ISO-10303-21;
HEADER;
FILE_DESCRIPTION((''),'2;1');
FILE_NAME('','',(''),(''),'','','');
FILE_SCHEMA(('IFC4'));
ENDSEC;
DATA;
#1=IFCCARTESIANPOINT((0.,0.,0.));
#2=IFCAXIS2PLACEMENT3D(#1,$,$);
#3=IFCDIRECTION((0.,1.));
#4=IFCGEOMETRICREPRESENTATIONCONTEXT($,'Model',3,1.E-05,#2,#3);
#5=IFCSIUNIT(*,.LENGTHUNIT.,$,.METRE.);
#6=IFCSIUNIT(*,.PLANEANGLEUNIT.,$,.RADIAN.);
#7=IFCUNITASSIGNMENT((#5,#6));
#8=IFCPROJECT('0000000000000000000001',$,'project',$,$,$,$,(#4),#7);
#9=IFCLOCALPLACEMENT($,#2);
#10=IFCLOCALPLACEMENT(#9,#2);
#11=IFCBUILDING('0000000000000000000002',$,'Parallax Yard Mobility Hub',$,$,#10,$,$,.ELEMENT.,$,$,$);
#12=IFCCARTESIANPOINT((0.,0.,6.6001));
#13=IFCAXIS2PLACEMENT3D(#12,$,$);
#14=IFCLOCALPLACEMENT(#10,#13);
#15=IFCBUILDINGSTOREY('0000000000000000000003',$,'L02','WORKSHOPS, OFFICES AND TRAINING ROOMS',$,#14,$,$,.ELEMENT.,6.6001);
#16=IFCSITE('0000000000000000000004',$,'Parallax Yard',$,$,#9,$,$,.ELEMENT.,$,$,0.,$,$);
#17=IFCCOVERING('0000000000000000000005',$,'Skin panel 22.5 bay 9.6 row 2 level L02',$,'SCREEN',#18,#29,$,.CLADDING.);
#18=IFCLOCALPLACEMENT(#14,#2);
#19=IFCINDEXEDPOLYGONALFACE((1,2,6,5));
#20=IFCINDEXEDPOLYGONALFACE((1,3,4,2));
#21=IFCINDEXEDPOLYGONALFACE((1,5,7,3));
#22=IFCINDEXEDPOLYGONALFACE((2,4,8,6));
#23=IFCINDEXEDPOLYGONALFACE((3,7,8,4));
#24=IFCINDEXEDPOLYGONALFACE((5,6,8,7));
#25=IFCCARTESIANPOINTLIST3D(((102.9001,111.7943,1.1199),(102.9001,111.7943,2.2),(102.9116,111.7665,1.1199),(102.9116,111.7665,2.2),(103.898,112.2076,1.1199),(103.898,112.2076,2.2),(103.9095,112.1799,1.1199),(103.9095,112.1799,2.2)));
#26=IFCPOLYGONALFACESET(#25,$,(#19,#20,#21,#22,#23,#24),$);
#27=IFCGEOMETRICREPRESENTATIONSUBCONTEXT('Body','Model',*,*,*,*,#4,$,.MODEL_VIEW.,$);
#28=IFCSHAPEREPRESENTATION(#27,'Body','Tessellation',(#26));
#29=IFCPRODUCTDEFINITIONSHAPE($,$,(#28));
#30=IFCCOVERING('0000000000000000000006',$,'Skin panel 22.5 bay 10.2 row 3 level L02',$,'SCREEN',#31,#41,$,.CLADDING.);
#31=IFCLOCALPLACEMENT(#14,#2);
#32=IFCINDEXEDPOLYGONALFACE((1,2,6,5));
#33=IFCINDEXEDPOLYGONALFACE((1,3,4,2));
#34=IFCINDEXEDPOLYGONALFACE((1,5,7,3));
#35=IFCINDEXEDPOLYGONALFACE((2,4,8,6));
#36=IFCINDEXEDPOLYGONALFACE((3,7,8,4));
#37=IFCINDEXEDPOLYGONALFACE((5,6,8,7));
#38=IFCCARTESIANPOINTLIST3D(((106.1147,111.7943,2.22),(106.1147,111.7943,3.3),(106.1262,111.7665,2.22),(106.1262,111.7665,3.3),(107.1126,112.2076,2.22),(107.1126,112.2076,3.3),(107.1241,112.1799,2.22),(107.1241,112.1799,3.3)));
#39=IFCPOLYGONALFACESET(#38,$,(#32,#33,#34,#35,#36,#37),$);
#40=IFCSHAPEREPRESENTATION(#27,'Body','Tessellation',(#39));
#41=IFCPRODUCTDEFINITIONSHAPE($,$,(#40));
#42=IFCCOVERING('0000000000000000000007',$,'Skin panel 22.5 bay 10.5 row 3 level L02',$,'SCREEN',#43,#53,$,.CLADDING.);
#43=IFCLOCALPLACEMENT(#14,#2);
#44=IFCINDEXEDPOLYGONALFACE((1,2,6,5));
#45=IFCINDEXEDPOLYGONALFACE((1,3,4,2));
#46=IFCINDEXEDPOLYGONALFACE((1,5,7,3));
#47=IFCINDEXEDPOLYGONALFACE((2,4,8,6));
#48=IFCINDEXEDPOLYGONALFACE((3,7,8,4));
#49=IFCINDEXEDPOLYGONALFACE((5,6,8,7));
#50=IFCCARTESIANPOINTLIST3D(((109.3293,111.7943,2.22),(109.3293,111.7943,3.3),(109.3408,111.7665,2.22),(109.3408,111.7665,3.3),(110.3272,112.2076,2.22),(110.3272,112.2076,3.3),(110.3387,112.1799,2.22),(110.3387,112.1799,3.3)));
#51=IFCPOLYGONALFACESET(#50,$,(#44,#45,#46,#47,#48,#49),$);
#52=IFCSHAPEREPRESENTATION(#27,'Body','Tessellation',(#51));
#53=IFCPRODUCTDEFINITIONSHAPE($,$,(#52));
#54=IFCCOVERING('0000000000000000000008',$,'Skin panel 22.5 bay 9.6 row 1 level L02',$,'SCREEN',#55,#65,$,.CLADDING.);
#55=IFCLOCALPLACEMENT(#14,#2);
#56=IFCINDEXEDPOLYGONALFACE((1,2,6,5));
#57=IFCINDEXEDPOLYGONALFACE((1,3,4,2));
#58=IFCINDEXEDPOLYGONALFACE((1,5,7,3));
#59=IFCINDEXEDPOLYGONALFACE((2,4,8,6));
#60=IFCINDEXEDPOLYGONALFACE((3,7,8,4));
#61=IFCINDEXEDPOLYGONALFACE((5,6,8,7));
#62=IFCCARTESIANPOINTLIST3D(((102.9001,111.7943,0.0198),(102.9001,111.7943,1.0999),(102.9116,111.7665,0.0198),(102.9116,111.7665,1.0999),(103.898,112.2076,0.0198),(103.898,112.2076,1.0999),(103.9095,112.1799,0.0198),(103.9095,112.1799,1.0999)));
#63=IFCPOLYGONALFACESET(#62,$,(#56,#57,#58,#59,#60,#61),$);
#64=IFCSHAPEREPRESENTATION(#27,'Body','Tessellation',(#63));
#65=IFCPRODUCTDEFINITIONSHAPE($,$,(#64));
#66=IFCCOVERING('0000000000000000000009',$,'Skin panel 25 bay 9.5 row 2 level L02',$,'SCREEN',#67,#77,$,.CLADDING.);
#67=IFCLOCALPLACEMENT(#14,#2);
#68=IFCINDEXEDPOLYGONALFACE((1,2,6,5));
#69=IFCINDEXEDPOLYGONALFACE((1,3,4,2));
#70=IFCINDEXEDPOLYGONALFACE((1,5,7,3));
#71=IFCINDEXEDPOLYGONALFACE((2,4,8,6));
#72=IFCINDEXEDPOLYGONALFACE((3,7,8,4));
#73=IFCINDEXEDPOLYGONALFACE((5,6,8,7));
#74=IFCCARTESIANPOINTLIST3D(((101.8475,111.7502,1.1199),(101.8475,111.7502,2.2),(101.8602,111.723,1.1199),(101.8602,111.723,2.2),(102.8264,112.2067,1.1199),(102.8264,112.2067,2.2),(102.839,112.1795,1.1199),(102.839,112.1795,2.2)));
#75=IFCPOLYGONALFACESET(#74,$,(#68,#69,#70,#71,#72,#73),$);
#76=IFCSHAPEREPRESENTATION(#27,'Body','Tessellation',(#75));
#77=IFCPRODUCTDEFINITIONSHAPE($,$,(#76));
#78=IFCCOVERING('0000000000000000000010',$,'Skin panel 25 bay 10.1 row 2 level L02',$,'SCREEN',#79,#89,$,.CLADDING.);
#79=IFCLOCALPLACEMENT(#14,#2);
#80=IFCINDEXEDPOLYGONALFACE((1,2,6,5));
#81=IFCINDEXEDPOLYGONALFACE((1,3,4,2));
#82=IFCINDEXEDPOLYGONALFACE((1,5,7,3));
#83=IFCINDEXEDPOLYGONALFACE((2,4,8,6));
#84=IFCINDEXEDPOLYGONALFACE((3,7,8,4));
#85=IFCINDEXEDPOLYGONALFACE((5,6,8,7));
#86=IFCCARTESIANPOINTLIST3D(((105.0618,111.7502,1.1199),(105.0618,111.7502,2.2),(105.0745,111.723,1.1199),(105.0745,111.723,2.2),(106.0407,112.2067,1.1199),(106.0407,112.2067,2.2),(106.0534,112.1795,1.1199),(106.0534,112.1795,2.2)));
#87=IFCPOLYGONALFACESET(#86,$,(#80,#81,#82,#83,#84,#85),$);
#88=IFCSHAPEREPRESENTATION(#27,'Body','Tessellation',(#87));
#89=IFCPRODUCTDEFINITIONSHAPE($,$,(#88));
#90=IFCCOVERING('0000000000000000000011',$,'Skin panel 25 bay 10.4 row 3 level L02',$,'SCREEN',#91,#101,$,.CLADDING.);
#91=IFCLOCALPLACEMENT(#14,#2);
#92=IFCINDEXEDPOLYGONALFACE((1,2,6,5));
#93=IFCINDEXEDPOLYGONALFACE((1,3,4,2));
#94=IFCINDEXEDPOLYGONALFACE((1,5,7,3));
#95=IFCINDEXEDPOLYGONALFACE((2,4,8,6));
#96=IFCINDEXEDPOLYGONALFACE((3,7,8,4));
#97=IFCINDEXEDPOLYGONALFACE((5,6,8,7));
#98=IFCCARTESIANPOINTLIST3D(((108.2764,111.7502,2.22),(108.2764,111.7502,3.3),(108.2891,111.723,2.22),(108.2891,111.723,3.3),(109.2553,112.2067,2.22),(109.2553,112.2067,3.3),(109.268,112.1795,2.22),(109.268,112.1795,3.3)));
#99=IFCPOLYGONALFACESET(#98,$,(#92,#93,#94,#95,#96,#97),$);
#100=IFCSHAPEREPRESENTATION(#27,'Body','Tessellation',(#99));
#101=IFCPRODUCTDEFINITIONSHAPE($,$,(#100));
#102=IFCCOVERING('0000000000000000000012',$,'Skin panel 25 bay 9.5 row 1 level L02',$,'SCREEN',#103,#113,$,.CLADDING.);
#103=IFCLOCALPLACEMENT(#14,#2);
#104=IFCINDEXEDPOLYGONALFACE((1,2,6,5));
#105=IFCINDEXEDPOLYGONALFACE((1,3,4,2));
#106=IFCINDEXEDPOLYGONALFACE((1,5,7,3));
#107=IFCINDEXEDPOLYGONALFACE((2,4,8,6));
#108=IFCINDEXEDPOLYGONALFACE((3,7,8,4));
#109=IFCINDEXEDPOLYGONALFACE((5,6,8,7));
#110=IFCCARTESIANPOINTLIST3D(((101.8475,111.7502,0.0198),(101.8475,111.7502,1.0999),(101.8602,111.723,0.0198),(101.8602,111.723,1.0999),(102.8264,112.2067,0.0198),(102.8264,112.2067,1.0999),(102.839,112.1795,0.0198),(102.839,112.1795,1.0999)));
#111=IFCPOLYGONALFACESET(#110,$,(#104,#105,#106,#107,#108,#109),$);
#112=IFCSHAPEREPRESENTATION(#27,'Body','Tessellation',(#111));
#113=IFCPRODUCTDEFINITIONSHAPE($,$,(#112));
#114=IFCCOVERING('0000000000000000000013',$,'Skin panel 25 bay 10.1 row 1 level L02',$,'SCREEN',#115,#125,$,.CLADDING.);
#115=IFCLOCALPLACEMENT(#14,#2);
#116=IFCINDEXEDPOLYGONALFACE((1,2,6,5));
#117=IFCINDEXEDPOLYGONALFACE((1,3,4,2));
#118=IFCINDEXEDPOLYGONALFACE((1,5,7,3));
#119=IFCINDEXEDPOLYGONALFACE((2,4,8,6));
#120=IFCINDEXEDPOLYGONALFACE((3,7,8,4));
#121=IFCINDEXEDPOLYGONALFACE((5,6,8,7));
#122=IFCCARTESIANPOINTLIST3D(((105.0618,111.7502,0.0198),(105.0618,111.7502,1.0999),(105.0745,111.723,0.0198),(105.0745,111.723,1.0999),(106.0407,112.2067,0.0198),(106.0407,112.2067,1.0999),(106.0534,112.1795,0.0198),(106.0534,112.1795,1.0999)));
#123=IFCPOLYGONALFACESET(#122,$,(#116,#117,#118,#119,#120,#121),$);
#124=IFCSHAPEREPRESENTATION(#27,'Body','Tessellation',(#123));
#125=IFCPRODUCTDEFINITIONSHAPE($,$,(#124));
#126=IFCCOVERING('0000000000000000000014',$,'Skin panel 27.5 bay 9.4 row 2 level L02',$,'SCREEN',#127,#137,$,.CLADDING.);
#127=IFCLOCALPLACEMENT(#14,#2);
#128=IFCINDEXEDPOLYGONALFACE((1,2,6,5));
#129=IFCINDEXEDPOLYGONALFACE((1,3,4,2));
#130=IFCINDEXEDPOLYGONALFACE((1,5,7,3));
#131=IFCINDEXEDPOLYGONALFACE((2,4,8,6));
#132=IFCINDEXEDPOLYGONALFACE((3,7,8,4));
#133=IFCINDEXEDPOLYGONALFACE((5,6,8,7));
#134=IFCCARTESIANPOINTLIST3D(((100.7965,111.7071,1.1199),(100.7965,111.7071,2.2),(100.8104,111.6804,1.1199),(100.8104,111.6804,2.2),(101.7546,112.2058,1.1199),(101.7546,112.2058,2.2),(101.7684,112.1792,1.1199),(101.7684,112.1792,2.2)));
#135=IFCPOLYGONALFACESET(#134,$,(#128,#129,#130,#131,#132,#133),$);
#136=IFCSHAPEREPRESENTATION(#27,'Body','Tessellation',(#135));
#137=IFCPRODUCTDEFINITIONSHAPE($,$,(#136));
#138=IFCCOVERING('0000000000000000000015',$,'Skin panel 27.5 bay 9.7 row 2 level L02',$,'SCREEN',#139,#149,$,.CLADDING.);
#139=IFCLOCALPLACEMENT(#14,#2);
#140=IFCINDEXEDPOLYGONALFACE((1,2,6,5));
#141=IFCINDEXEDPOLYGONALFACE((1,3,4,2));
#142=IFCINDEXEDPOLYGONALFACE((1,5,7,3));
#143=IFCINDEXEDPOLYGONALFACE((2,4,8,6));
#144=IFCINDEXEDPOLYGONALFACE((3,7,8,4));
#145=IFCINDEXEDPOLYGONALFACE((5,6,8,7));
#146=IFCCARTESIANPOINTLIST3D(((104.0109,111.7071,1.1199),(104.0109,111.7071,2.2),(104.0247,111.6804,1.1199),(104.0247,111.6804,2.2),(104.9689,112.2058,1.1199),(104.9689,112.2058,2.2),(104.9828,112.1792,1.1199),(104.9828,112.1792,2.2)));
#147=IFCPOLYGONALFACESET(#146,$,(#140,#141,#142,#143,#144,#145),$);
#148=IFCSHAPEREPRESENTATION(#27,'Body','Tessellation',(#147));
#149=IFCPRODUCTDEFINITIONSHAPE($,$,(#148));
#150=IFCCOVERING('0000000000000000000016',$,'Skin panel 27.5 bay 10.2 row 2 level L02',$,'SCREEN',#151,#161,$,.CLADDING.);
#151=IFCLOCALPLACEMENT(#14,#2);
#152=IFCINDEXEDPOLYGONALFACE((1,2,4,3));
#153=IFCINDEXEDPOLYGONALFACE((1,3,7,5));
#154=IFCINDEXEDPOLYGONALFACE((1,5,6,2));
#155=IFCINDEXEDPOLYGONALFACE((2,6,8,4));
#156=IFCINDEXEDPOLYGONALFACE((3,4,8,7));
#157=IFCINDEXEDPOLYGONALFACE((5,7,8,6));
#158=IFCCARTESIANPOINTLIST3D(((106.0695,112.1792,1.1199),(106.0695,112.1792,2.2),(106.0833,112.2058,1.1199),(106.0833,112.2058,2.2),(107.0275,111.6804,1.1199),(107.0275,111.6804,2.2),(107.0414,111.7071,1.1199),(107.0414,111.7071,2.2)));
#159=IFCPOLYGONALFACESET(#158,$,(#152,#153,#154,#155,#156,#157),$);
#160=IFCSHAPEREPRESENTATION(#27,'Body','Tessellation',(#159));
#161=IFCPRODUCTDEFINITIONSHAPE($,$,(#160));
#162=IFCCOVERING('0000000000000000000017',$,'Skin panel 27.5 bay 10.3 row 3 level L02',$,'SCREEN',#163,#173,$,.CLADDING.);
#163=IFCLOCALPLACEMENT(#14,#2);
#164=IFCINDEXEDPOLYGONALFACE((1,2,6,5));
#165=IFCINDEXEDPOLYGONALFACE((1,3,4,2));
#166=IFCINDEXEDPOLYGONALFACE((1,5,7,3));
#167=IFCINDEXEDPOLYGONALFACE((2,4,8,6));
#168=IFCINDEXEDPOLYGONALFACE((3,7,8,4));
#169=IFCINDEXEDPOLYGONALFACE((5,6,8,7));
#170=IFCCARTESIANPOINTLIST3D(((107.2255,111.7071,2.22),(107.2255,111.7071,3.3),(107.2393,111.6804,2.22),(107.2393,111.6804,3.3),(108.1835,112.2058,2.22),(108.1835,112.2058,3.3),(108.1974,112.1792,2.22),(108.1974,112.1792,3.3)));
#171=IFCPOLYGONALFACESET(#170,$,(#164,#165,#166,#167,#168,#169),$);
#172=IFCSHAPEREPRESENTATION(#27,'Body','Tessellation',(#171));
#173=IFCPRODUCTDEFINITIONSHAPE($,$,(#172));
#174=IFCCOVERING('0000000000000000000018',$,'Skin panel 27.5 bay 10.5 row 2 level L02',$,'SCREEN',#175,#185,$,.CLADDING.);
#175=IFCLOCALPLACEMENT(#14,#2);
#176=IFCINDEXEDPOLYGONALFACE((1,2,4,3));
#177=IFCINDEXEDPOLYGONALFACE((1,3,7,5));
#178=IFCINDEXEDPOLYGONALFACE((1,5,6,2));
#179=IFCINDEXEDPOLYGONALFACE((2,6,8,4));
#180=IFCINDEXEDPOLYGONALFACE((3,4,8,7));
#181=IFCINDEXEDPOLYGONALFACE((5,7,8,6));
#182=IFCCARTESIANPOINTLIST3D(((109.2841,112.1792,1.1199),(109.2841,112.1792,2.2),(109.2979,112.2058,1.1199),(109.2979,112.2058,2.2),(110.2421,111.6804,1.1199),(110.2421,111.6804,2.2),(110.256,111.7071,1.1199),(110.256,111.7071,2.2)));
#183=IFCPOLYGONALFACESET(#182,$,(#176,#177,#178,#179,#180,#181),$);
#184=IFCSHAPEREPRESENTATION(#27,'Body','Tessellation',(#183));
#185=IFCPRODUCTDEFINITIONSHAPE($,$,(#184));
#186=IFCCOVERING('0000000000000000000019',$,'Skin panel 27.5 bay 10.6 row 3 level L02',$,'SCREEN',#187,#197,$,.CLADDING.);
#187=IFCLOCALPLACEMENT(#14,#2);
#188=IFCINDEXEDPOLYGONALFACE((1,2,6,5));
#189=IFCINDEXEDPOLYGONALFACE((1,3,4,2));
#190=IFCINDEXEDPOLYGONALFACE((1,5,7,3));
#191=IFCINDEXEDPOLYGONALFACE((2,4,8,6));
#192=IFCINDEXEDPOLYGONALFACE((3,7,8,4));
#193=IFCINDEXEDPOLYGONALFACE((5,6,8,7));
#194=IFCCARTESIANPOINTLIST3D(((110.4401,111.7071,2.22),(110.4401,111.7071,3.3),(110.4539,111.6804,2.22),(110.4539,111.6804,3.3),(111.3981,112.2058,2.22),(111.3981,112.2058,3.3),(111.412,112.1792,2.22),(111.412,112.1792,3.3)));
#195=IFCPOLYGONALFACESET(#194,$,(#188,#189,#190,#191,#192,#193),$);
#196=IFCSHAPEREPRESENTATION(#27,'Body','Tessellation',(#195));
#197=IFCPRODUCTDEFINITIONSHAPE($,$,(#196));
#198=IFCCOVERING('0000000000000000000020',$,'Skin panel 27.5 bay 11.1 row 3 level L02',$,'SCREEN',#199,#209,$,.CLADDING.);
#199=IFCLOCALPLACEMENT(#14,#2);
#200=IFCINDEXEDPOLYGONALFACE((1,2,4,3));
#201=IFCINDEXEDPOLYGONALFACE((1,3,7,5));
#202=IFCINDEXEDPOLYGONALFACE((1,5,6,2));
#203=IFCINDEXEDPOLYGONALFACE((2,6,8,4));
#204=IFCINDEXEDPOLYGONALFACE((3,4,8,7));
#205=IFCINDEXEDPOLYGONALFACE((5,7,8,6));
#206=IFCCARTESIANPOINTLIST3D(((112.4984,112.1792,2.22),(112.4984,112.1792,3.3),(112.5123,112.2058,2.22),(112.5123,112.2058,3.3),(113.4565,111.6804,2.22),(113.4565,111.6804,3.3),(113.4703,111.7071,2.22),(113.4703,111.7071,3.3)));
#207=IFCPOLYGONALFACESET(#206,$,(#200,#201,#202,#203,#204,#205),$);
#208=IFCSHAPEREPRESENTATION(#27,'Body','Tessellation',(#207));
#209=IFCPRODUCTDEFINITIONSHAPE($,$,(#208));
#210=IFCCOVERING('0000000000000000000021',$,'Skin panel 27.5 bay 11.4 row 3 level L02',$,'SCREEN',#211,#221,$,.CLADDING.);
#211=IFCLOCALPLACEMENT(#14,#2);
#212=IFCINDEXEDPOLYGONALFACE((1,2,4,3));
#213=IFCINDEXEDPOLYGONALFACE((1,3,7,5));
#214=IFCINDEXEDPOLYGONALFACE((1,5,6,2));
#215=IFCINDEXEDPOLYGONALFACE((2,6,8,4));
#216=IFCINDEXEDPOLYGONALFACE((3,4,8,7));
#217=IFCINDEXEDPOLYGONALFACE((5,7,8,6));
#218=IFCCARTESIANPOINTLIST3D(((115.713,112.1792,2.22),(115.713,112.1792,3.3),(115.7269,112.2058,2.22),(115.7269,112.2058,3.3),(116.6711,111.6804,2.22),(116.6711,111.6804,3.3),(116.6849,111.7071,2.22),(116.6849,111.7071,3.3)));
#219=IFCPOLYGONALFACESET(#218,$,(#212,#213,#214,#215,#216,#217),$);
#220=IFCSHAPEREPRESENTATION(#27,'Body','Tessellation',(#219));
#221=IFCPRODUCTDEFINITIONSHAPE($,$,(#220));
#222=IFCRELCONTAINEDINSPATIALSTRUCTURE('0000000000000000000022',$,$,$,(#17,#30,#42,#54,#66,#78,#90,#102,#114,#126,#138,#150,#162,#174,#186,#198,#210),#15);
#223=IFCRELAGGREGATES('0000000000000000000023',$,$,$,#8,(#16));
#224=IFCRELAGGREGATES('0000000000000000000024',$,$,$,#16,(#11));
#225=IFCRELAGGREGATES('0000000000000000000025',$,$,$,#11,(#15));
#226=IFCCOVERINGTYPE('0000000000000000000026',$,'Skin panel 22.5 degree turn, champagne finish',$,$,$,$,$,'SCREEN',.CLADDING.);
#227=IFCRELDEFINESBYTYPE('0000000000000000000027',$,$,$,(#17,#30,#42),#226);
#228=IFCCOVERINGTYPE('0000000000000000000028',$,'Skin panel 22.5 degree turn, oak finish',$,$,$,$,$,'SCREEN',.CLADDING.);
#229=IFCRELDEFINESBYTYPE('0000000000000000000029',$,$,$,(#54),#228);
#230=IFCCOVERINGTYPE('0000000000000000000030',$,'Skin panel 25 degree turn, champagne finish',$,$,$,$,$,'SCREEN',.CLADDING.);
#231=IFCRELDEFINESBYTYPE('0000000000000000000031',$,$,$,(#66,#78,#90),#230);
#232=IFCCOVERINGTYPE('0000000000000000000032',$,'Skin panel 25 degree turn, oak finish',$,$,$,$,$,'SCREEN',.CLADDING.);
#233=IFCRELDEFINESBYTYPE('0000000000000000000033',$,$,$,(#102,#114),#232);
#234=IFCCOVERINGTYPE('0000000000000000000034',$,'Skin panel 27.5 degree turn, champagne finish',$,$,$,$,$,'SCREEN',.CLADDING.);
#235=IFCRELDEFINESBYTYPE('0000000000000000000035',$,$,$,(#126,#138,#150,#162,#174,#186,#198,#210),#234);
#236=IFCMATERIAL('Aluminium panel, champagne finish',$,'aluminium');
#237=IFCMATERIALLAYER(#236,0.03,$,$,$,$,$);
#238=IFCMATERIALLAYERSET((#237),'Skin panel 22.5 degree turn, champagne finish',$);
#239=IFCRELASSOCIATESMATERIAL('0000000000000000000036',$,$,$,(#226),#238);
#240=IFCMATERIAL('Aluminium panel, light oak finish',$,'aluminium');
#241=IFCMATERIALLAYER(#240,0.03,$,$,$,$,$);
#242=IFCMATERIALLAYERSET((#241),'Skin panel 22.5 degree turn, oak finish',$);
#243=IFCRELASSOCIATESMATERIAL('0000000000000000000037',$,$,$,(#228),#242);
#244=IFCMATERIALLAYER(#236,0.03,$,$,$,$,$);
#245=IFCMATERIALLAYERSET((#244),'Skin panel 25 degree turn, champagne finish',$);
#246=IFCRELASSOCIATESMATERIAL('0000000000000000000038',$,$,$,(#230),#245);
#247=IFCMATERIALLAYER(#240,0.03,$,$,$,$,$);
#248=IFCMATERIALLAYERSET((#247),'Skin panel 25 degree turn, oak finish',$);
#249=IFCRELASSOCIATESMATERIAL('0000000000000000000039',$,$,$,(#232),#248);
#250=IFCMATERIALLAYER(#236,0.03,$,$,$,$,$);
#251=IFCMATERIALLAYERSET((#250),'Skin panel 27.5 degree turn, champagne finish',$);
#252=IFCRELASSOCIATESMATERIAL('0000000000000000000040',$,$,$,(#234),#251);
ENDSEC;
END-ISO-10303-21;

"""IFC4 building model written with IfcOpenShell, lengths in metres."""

from ifc_helpers import new_model, si_unit, direction, frame, origin, origin_2d, place, context, subcontext, project, spatial, rectangle, extrude, material, layer, layer_set, type_object, element, save


model = new_model("IFC4")

# Units and contexts
model_context = context("Model", 3, precision=1e-05, world=origin(), true_north=direction((0.0, 1.0)))
body_context = subcontext(model_context, "Body", "Model", "MODEL_VIEW")
ifc_project = project(units=[si_unit("LENGTHUNIT", "METRE"), si_unit("PLANEANGLEUNIT", "RADIAN")], contexts=[model_context])

# Site, building, storey
site_placement = place(None, origin())
site = spatial("IfcSite", under=ifc_project, at=site_placement, Name="Parallax Yard", CompositionType="ELEMENT", RefElevation=0.0)
building_placement = place(site_placement, origin())
building = spatial("IfcBuilding", under=site, at=building_placement, Name="Parallax Yard Mobility Hub", CompositionType="ELEMENT")
storey_placement = place(building_placement, frame((0.0, 0.0, 6.6001)))
storey = spatial("IfcBuildingStorey", under=building, at=storey_placement, Name="L02", Description="WORKSHOPS, OFFICES AND TRAINING ROOMS", CompositionType="ELEMENT", Elevation=6.6001)

# Coverings
ifc_material_1 = material(Name="Aluminium panel, champagne finish", Category="aluminium")
ifc_layer_1 = layer(ifc_material_1, 0.03)
ifc_layer_set_1 = layer_set([ifc_layer_1], Name="Skin panel 22.5 degree turn, champagne finish")
covering_type_1 = type_object("IfcCoveringType", Name="Skin panel 22.5 degree turn, champagne finish", ElementType="SCREEN", PredefinedType="CLADDING", material=ifc_layer_set_1)
for number, where, z_axis, x_axis, name in (
    (1, (103.4048, 111.9871, 1.1199), (0.0, 0.0, 1.0), (-0.92388, -0.382683, 0.0), "Skin panel 22.5 bay 9.6 row 2 level L02"),
    (2, (106.6194, 111.9871, 2.22), (0.0, 0.0, 1.0), (-0.92388, -0.382683, 0.0), "Skin panel 22.5 bay 10.2 row 3 level L02"),
    (3, (109.834, 111.9871, 2.22), (0.0, 0.0, 1.0), (-0.92388, -0.382683, 0.0), "Skin panel 22.5 bay 10.5 row 3 level L02"),
):
    element("IfcCovering", number, at=place(storey_placement, frame(where, z_axis=z_axis, x_axis=x_axis)), inside=storey, type_object=covering_type_1, Name=name, ObjectType="SCREEN", PredefinedType="CLADDING", context=body_context, shape_type="SweptSolid", body=[
        extrude(rectangle(XDim=1.0801, YDim=0.03, at=origin_2d()), origin(), (0.0, 0.0, 1.0), 1.0801),
    ])
ifc_material_2 = material(Name="Aluminium panel, light oak finish", Category="aluminium")
ifc_layer_2 = layer(ifc_material_2, 0.03)
ifc_layer_set_2 = layer_set([ifc_layer_2], Name="Skin panel 22.5 degree turn, oak finish")
covering_type_2 = type_object("IfcCoveringType", Name="Skin panel 22.5 degree turn, oak finish", ElementType="SCREEN", PredefinedType="CLADDING", material=ifc_layer_set_2)
covering_placement = place(storey_placement, frame((103.4048, 111.9871, 0.0198), z_axis=(0.0, 0.0, 1.0), x_axis=(-0.92388, -0.382683, 0.0)))
element("IfcCovering", 4, at=covering_placement, inside=storey, type_object=covering_type_2, Name="Skin panel 22.5 bay 9.6 row 1 level L02", ObjectType="SCREEN", PredefinedType="CLADDING", context=body_context, shape_type="SweptSolid", body=[
    extrude(rectangle(XDim=1.0801, YDim=0.03, at=origin_2d()), origin(), (0.0, 0.0, 1.0), 1.0801),
])
ifc_layer_3 = layer(ifc_material_1, 0.03)
ifc_layer_set_3 = layer_set([ifc_layer_3], Name="Skin panel 25 degree turn, champagne finish")
covering_type_3 = type_object("IfcCoveringType", Name="Skin panel 25 degree turn, champagne finish", ElementType="SCREEN", PredefinedType="CLADDING", material=ifc_layer_set_3)
for number, where, z_axis, x_axis, name in (
    (5, (102.3433, 111.9648, 1.1199), (0.0, 0.0, 1.0), (-0.906308, -0.422618, 0.0), "Skin panel 25 bay 9.5 row 2 level L02"),
    (6, (105.5576, 111.9648, 1.1199), (0.0, 0.0, 1.0), (-0.906308, -0.422618, 0.0), "Skin panel 25 bay 10.1 row 2 level L02"),
    (7, (108.7722, 111.9648, 2.22), (0.0, 0.0, 1.0), (-0.906308, -0.422618, 0.0), "Skin panel 25 bay 10.4 row 3 level L02"),
):
    element("IfcCovering", number, at=place(storey_placement, frame(where, z_axis=z_axis, x_axis=x_axis)), inside=storey, type_object=covering_type_3, Name=name, ObjectType="SCREEN", PredefinedType="CLADDING", context=body_context, shape_type="SweptSolid", body=[
        extrude(rectangle(XDim=1.0801, YDim=0.03, at=origin_2d()), origin(), (0.0, 0.0, 1.0), 1.0801),
    ])
ifc_layer_4 = layer(ifc_material_2, 0.03)
ifc_layer_set_4 = layer_set([ifc_layer_4], Name="Skin panel 25 degree turn, oak finish")
covering_type_4 = type_object("IfcCoveringType", Name="Skin panel 25 degree turn, oak finish", ElementType="SCREEN", PredefinedType="CLADDING", material=ifc_layer_set_4)
for number, where, z_axis, x_axis, name in (
    (8, (102.3433, 111.9648, 0.0198), (0.0, 0.0, 1.0), (-0.906308, -0.422618, 0.0), "Skin panel 25 bay 9.5 row 1 level L02"),
    (9, (105.5576, 111.9648, 0.0198), (0.0, 0.0, 1.0), (-0.906308, -0.422618, 0.0), "Skin panel 25 bay 10.1 row 1 level L02"),
):
    element("IfcCovering", number, at=place(storey_placement, frame(where, z_axis=z_axis, x_axis=x_axis)), inside=storey, type_object=covering_type_4, Name=name, ObjectType="SCREEN", PredefinedType="CLADDING", context=body_context, shape_type="SweptSolid", body=[
        extrude(rectangle(XDim=1.0801, YDim=0.03, at=origin_2d()), origin(), (0.0, 0.0, 1.0), 1.0801),
    ])
ifc_layer_5 = layer(ifc_material_1, 0.03)
ifc_layer_set_5 = layer_set([ifc_layer_5], Name="Skin panel 27.5 degree turn, champagne finish")
covering_type_5 = type_object("IfcCoveringType", Name="Skin panel 27.5 degree turn, champagne finish", ElementType="SCREEN", PredefinedType="CLADDING", material=ifc_layer_set_5)
for number, where, z_axis, x_axis, name in (
    (10, (101.2825, 111.9431, 1.1199), (0.0, 0.0, 1.0), (-0.887011, -0.461749, 0.0), "Skin panel 27.5 bay 9.4 row 2 level L02"),
    (11, (104.4968, 111.9431, 1.1199), (0.0, 0.0, 1.0), (-0.887011, -0.461749, 0.0), "Skin panel 27.5 bay 9.7 row 2 level L02"),
    (12, (106.5554, 111.9431, 1.1199), (0.0, 0.0, 1.0), (0.887011, -0.461749, 0.0), "Skin panel 27.5 bay 10.2 row 2 level L02"),
    (13, (107.7114, 111.9431, 2.22), (0.0, 0.0, 1.0), (-0.887011, -0.461749, 0.0), "Skin panel 27.5 bay 10.3 row 3 level L02"),
    (14, (109.77, 111.9431, 1.1199), (0.0, 0.0, 1.0), (0.887011, -0.461749, 0.0), "Skin panel 27.5 bay 10.5 row 2 level L02"),
    (15, (110.926, 111.9431, 2.22), (0.0, 0.0, 1.0), (-0.887011, -0.461749, 0.0), "Skin panel 27.5 bay 10.6 row 3 level L02"),
    (16, (112.9844, 111.9431, 2.22), (0.0, 0.0, 1.0), (0.887011, -0.461749, 0.0), "Skin panel 27.5 bay 11.1 row 3 level L02"),
    (17, (116.199, 111.9431, 2.22), (0.0, 0.0, 1.0), (0.887011, -0.461749, 0.0), "Skin panel 27.5 bay 11.4 row 3 level L02"),
):
    element("IfcCovering", number, at=place(storey_placement, frame(where, z_axis=z_axis, x_axis=x_axis)), inside=storey, type_object=covering_type_5, Name=name, ObjectType="SCREEN", PredefinedType="CLADDING", context=body_context, shape_type="SweptSolid", body=[
        extrude(rectangle(XDim=1.0801, YDim=0.03, at=origin_2d()), origin(), (0.0, 0.0, 1.0), 1.0801),
    ])

save(model, "model.ifc")
